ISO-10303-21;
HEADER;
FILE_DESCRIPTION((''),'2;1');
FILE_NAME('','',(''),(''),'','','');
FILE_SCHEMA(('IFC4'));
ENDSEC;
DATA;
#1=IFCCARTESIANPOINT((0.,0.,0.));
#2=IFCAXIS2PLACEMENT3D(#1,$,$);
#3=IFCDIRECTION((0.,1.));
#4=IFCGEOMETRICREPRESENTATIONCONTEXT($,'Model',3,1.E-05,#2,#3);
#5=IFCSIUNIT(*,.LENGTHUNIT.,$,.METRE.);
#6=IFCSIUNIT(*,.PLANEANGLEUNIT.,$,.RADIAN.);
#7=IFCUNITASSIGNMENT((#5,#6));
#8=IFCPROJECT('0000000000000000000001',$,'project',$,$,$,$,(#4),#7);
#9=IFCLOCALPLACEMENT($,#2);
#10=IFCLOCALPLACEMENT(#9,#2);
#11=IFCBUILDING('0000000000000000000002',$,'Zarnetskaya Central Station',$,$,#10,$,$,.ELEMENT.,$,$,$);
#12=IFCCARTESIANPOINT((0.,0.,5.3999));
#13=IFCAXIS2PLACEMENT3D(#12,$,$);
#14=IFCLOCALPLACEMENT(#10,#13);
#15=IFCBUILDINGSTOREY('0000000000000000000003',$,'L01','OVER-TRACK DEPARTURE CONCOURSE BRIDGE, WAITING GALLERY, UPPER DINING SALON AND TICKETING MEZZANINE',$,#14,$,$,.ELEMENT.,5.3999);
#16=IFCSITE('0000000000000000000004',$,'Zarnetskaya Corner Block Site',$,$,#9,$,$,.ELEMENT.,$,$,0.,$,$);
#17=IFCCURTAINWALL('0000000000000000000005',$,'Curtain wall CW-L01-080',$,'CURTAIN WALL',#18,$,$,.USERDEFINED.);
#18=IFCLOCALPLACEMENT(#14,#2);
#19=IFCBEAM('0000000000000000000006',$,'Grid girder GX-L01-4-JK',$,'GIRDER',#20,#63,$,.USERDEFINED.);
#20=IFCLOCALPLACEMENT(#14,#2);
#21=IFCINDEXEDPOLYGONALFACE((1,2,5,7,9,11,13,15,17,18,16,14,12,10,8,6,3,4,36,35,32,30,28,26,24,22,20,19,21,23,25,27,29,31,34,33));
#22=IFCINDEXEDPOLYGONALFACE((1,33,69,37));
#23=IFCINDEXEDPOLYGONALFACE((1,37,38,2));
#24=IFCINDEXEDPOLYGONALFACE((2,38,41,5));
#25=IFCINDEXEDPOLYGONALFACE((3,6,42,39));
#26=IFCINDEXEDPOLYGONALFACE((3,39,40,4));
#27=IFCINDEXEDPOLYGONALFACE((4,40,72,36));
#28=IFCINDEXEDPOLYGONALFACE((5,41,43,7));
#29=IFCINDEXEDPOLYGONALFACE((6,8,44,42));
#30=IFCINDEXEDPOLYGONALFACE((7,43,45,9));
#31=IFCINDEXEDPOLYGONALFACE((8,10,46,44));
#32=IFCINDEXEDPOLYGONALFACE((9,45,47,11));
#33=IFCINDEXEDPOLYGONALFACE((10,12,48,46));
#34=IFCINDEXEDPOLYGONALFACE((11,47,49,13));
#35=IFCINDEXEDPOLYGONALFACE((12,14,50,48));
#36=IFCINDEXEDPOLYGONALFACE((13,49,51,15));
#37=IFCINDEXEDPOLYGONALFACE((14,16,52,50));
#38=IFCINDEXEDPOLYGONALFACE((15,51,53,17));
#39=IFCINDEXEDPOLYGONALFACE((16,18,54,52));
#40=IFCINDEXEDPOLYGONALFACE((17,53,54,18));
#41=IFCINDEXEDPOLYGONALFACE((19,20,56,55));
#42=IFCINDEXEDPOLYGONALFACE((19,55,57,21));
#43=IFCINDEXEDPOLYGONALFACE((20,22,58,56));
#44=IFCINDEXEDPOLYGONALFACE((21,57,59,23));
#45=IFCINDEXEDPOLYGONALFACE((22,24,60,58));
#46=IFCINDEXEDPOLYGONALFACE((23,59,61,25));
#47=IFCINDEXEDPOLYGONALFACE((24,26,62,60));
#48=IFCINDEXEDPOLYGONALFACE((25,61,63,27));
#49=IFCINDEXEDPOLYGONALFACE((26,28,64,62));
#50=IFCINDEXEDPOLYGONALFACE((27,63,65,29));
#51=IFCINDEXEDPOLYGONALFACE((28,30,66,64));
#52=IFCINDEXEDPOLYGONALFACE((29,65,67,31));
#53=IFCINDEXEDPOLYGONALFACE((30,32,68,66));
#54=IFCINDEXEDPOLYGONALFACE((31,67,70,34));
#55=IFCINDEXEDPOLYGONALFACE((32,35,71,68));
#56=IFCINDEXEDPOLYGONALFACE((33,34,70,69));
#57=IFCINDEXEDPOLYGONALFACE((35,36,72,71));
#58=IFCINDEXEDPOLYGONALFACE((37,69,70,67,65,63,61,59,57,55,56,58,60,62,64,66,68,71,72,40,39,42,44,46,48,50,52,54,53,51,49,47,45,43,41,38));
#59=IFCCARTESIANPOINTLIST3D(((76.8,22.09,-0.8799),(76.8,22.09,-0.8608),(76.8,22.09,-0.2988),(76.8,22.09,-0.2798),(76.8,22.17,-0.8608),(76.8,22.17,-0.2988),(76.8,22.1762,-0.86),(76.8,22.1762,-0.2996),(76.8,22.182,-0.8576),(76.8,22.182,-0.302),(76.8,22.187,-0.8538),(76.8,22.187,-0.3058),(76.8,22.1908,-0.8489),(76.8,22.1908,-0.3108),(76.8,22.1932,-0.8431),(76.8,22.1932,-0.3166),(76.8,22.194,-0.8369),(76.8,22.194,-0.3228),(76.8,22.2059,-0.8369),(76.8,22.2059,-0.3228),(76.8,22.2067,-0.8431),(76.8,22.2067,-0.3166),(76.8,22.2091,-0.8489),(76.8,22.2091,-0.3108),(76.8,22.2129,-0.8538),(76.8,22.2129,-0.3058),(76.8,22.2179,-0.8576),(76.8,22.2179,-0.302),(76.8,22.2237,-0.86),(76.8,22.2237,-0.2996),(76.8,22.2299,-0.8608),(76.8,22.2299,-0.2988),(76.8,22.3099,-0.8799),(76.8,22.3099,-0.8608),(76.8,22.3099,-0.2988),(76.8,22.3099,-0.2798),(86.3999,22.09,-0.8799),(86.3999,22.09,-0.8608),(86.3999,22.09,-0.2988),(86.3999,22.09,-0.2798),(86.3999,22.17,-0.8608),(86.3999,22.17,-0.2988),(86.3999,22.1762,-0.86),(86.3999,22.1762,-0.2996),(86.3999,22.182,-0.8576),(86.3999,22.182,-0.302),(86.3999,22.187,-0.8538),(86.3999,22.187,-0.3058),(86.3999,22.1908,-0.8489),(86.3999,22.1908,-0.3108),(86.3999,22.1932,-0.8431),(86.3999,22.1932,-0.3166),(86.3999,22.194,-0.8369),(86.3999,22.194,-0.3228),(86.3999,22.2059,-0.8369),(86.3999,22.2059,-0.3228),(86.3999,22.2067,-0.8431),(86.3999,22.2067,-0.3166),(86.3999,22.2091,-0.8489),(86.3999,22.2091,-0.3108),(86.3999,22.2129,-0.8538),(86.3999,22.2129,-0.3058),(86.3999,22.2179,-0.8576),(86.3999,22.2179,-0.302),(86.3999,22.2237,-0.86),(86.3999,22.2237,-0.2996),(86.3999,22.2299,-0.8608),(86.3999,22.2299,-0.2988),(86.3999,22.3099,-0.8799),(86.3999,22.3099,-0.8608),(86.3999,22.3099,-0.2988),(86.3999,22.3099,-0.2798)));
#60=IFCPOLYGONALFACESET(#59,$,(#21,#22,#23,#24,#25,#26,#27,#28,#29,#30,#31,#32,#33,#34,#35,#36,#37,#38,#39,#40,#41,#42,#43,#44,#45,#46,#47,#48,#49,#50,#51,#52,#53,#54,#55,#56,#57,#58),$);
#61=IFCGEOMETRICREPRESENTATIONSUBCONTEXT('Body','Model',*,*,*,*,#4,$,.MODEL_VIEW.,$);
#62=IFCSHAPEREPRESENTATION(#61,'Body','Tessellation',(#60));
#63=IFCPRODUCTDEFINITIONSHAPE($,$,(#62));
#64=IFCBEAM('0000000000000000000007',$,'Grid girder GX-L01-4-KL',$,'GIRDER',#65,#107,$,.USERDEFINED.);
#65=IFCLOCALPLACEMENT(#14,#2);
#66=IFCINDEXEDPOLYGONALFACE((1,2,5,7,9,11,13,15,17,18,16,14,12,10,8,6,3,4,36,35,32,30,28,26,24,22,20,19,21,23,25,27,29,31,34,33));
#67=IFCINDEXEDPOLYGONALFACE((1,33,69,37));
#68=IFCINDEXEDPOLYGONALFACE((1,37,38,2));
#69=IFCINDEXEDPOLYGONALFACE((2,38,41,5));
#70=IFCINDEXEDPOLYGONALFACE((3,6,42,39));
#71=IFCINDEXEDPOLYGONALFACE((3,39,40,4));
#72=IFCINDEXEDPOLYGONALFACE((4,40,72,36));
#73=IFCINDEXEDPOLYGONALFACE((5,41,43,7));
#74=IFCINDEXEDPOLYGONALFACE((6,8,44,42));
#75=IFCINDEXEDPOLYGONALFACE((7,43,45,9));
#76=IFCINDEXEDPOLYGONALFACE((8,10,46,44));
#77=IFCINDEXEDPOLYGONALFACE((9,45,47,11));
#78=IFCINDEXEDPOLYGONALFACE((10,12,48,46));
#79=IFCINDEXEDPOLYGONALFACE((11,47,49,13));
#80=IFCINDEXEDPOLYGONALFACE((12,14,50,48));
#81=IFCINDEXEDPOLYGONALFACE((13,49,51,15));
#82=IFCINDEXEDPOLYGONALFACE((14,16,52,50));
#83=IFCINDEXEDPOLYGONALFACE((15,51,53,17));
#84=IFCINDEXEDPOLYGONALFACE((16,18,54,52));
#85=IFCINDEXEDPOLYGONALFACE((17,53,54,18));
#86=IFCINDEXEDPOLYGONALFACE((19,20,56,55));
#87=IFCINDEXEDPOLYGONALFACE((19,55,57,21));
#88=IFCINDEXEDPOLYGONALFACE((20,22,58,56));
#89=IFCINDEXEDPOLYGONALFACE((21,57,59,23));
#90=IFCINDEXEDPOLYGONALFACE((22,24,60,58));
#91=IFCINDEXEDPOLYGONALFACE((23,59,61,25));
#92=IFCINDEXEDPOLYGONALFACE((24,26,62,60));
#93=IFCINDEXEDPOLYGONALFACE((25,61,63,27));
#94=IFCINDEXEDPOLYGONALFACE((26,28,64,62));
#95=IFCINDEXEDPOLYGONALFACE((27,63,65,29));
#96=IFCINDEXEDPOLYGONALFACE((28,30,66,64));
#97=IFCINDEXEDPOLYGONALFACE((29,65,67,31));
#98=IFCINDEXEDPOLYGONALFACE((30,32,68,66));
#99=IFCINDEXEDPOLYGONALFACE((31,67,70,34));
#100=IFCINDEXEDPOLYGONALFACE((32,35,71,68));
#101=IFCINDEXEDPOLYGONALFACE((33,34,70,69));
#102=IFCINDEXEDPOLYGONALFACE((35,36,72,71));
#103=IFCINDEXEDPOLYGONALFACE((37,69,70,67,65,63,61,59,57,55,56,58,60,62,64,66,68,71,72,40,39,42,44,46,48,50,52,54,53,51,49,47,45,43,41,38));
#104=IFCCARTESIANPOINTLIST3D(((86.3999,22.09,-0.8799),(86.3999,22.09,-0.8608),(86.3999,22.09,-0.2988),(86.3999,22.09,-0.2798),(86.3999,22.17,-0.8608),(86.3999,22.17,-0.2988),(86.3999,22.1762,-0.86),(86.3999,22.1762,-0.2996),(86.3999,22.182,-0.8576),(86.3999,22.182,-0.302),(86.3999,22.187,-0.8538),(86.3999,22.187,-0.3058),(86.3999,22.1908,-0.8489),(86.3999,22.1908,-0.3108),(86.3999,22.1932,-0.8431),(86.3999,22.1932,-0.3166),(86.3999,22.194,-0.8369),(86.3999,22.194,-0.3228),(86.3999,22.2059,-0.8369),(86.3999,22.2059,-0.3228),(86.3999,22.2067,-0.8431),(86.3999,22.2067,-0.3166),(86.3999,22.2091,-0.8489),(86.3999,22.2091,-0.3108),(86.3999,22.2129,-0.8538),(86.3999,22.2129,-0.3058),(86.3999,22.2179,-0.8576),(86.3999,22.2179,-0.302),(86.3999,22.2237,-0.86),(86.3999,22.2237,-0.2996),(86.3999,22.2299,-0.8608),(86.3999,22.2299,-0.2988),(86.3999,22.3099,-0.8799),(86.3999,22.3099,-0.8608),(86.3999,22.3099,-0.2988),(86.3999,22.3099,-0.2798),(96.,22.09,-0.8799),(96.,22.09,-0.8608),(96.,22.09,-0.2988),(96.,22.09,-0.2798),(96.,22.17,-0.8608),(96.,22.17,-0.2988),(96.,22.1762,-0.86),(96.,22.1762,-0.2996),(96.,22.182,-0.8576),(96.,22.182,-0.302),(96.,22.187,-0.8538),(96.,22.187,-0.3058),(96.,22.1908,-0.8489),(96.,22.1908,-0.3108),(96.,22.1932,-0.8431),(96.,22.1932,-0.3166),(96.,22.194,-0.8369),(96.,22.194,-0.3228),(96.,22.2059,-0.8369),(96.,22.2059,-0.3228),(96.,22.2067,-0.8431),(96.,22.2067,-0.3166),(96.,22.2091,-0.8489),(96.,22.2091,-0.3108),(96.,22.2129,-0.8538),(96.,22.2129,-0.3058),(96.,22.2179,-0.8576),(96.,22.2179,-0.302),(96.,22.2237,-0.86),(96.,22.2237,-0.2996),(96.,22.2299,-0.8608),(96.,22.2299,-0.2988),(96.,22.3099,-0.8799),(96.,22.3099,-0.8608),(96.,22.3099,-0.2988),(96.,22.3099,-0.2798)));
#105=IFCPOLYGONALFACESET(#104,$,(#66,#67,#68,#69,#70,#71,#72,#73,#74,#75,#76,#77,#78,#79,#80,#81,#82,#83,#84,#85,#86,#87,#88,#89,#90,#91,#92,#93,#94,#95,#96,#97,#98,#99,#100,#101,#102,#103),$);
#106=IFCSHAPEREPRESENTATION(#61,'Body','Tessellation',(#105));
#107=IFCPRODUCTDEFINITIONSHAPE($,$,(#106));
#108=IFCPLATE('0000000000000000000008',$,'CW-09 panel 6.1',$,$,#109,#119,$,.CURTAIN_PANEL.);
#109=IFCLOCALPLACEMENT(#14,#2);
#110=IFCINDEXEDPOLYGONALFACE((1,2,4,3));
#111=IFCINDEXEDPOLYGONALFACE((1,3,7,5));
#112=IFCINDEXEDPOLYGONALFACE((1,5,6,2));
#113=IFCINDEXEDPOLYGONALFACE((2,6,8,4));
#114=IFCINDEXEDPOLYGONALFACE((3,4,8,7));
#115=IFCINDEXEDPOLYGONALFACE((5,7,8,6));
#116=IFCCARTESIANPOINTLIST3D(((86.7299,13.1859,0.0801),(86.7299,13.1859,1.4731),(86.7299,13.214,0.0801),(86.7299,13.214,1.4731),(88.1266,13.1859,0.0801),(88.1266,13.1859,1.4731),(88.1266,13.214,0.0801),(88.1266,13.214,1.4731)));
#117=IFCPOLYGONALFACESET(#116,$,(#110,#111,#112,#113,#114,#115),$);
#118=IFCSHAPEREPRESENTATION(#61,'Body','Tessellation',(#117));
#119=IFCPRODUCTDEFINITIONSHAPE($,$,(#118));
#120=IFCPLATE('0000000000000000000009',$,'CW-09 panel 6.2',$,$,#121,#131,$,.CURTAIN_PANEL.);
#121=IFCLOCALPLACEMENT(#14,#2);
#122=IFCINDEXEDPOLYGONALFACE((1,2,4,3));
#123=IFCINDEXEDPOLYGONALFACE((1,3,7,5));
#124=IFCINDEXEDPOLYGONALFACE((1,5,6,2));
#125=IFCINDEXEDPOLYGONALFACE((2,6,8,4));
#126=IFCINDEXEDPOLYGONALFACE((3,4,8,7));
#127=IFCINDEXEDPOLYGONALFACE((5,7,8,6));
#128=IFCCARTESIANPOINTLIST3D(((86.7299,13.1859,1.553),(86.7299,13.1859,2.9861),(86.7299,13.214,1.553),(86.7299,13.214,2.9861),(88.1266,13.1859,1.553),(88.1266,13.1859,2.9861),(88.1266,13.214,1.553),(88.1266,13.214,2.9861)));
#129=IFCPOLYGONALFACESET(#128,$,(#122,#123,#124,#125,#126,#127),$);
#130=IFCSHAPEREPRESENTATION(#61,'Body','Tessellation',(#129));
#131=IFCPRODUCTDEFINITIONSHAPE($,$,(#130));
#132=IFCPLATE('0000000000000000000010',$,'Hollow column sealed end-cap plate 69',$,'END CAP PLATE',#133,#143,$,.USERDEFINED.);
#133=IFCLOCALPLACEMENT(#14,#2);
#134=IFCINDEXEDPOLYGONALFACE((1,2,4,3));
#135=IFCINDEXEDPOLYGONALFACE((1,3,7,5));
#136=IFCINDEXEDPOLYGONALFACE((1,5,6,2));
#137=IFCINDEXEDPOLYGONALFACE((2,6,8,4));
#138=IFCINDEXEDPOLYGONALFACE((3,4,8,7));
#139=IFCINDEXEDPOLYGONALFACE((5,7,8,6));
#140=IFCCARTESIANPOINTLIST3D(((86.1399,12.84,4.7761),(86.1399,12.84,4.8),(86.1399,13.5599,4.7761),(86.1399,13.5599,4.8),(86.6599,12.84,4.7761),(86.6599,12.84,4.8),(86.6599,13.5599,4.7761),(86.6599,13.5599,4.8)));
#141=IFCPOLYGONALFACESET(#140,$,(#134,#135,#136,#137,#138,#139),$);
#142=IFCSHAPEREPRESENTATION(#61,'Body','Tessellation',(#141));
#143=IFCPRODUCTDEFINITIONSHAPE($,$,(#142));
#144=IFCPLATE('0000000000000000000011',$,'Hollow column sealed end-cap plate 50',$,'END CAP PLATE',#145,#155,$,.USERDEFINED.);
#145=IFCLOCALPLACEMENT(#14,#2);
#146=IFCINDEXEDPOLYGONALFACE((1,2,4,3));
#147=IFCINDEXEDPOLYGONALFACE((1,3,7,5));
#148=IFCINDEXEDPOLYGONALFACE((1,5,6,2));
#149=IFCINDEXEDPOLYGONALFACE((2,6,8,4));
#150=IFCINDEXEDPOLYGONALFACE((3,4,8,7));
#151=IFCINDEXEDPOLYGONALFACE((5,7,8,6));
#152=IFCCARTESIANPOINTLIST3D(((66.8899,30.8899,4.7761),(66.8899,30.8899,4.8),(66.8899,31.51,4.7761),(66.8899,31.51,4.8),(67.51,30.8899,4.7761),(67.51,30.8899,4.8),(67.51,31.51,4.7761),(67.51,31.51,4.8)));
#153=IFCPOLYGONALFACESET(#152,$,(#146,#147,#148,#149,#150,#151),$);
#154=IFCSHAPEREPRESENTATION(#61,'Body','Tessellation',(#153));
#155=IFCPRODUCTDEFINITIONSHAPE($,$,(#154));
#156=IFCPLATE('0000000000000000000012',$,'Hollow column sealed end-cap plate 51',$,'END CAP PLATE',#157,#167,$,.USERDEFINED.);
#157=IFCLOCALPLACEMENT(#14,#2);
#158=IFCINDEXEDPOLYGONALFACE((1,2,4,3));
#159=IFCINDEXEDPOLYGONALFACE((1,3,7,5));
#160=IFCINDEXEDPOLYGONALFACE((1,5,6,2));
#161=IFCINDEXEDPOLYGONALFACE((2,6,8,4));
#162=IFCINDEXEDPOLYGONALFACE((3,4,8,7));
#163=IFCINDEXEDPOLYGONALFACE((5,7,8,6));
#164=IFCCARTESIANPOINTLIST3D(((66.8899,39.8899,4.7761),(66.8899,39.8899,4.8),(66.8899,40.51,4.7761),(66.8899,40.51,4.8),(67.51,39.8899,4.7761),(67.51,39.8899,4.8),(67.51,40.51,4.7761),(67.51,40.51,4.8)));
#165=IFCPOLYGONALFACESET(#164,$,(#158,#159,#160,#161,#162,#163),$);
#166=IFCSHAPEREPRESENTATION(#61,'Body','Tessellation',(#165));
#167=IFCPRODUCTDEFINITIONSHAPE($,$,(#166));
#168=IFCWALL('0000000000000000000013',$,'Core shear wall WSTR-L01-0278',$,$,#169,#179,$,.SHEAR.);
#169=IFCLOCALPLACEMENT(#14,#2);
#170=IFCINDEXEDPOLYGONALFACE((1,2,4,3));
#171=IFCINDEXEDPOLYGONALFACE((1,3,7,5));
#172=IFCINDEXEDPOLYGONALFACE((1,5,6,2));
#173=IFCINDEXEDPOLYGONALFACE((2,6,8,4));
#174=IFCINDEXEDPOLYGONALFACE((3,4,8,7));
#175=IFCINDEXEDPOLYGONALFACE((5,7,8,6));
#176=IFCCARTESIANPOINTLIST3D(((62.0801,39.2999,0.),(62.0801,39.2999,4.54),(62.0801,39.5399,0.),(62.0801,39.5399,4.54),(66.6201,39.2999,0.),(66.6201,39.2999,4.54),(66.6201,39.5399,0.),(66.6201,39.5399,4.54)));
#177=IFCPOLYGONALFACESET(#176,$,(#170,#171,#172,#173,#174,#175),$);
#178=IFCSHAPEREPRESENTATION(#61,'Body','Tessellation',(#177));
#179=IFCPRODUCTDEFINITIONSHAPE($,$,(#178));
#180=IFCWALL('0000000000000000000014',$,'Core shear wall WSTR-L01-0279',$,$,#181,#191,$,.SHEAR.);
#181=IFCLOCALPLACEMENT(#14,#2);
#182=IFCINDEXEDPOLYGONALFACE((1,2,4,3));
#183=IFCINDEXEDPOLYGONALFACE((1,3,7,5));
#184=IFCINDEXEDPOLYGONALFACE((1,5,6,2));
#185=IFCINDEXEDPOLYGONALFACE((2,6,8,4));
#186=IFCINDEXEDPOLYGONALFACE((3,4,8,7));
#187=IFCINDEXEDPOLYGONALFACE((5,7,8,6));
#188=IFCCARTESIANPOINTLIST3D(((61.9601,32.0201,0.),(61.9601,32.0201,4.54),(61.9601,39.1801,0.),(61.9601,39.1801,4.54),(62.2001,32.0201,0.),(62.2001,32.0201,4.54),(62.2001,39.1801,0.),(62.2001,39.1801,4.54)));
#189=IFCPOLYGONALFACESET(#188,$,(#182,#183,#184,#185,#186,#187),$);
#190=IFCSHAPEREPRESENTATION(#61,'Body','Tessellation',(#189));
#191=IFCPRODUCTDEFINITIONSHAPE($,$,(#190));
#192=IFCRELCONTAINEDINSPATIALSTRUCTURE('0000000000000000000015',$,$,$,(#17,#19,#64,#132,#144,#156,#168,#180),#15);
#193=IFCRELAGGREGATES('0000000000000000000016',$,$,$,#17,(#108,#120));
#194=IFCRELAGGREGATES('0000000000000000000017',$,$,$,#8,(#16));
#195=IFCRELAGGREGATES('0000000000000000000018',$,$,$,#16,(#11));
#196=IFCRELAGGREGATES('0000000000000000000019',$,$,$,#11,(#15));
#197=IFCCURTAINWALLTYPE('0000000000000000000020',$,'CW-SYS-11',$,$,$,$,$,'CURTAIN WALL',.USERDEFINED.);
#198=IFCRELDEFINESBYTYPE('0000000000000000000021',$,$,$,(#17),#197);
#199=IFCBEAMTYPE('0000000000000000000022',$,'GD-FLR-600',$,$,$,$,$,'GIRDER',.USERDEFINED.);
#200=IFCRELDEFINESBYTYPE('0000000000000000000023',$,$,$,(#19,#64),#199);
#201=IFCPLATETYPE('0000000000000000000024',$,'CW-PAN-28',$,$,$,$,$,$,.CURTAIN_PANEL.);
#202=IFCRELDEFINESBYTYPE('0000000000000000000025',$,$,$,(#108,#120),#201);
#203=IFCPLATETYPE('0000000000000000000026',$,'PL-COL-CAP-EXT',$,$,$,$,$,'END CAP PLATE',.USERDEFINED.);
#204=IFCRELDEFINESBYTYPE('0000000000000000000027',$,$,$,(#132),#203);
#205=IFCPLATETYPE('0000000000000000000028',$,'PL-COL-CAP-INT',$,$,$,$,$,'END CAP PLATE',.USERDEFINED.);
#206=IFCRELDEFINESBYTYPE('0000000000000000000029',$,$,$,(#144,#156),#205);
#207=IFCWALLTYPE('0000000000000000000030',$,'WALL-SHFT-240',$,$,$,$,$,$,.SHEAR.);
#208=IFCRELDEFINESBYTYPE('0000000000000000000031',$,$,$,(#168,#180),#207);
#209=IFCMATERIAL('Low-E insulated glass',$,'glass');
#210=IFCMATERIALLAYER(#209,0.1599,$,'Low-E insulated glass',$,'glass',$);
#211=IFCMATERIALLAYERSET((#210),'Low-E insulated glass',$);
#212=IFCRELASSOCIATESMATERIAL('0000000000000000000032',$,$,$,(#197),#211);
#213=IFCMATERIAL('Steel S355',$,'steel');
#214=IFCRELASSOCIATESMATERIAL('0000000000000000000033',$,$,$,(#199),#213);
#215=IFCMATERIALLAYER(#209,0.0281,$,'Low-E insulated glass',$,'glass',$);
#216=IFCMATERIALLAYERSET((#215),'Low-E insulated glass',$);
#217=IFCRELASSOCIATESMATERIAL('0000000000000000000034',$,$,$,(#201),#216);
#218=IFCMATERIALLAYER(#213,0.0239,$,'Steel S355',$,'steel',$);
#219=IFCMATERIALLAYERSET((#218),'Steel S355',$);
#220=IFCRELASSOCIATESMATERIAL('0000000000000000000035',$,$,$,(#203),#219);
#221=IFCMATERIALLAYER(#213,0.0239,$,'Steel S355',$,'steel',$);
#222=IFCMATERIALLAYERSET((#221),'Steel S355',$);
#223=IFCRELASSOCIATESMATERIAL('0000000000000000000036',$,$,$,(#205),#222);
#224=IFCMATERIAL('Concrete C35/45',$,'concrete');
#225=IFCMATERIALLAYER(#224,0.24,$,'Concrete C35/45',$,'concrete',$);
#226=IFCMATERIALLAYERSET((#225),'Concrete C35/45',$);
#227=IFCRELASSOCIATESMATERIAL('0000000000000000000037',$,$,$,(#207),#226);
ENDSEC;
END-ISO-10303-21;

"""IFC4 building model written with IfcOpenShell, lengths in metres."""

from ifc_helpers import new_model, si_unit, direction, frame, frame_2d, origin, origin_2d, place, context, subcontext, project, spatial, rectangle, i_section, extrude, material, layer, layer_set, material_profile, profile_set, type_object, element, aggregate, save


model = new_model("IFC4")

# Units and contexts
model_context = context("Model", 3, precision=1e-05, world=origin(), true_north=direction((0.0, 1.0)))
body_context = subcontext(model_context, "Body", "Model", "MODEL_VIEW")
ifc_project = project(units=[si_unit("LENGTHUNIT", "METRE"), si_unit("PLANEANGLEUNIT", "RADIAN")], contexts=[model_context])

# Site, building, storey
site_placement = place(None, origin())
site = spatial("IfcSite", under=ifc_project, at=site_placement, Name="Zarnetskaya Corner Block Site", CompositionType="ELEMENT", RefElevation=0.0)
building_placement = place(site_placement, origin())
building = spatial("IfcBuilding", under=site, at=building_placement, Name="Zarnetskaya Central Station", CompositionType="ELEMENT")
storey_placement = place(building_placement, frame((0.0, 0.0, 5.3999)))
storey = spatial("IfcBuildingStorey", under=building, at=storey_placement, Name="L01", Description="OVER-TRACK DEPARTURE CONCOURSE BRIDGE, WAITING GALLERY, UPPER DINING SALON AND TICKETING MEZZANINE", CompositionType="ELEMENT", Elevation=5.3999)

# Shared definitions
ifc_material_1 = material(Name="Steel S355", Category="steel")

# Curtain wall
ifc_material_2 = material(Name="Low-E insulated glass", Category="glass")
ifc_layer_1 = layer(ifc_material_2, 0.1599, Name="Low-E insulated glass", Category="glass")
ifc_layer_set_1 = layer_set([ifc_layer_1], Name="Low-E insulated glass")
curtain_wall_type = type_object("IfcCurtainWallType", Name="CW-SYS-11", ElementType="CURTAIN WALL", PredefinedType="USERDEFINED", material=ifc_layer_set_1)
curtain_wall_placement = place(storey_placement, origin())
curtain_wall = element("IfcCurtainWall", 1, at=curtain_wall_placement, inside=storey, type_object=curtain_wall_type, Name="Curtain wall CW-L01-080", ObjectType="CURTAIN WALL", PredefinedType="USERDEFINED")

# Beams
ifc_material_profile_1 = material_profile(ifc_material_1, i_section(OverallWidth=0.22, OverallDepth=0.6001, WebThickness=0.012, FlangeThickness=0.019, FilletRadius=0.0239, at=origin_2d()), Name="IPE 600")
ifc_profile_set_1 = profile_set([ifc_material_profile_1], Name="Steel S355")
beam_type_1 = type_object("IfcBeamType", Name="GD-FLR-600", ElementType="GIRDER", PredefinedType="USERDEFINED", material=ifc_profile_set_1)
beam_1_placement = place(storey_placement, frame((76.8, 22.2, -0.5798), z_axis=(1.0, 0.0, 0.0), x_axis=(0.0, 1.0, 0.0)))
element("IfcBeam", 2, at=beam_1_placement, inside=storey, type_object=beam_type_1, Name="Grid girder GX-L01-4-JK", ObjectType="GIRDER", PredefinedType="USERDEFINED", context=body_context, shape_type="SweptSolid", body=[
    extrude(i_section(OverallWidth=0.22, OverallDepth=0.6001, WebThickness=0.012, FlangeThickness=0.019, FilletRadius=0.0239, at=origin_2d()), origin(), (0.0, 0.0, 1.0), 9.5999),
])
beam_2_placement = place(storey_placement, frame((86.3999, 22.2, -0.5798), z_axis=(1.0, 0.0, 0.0), x_axis=(0.0, 1.0, 0.0)))
element("IfcBeam", 3, at=beam_2_placement, inside=storey, type_object=beam_type_1, Name="Grid girder GX-L01-4-KL", ObjectType="GIRDER", PredefinedType="USERDEFINED", context=body_context, shape_type="SweptSolid", body=[
    extrude(i_section(OverallWidth=0.22, OverallDepth=0.6001, WebThickness=0.012, FlangeThickness=0.019, FilletRadius=0.0239, at=origin_2d()), origin(), (0.0, 0.0, 1.0), 9.6001),
])

# Plates
ifc_layer_2 = layer(ifc_material_2, 0.0281, Name="Low-E insulated glass", Category="glass")
ifc_layer_set_2 = layer_set([ifc_layer_2], Name="Low-E insulated glass")
plate_type_1 = type_object("IfcPlateType", Name="CW-PAN-28", PredefinedType="CURTAIN_PANEL", material=ifc_layer_set_2)
plate_1_placement = place(storey_placement, frame((87.4282, 13.2, 0.0801), z_axis=(0.0, 0.0, 1.0), x_axis=(-1.0, 0.0, 0.0)))
plate_1 = element("IfcPlate", 4, at=plate_1_placement, type_object=plate_type_1, Name="CW-09 panel 6.1", PredefinedType="CURTAIN_PANEL", context=body_context, shape_type="SweptSolid", body=[
    extrude(rectangle(XDim=1.3967, YDim=0.0281, at=origin_2d()), origin(), (0.0, 0.0, 1.0), 1.3931),
])
plate_2_placement = place(storey_placement, frame((87.4282, 13.2, 1.553), z_axis=(0.0, 0.0, 1.0), x_axis=(-1.0, 0.0, 0.0)))
plate_2 = element("IfcPlate", 5, at=plate_2_placement, type_object=plate_type_1, Name="CW-09 panel 6.2", PredefinedType="CURTAIN_PANEL", context=body_context, shape_type="SweptSolid", body=[
    extrude(rectangle(XDim=1.3967, YDim=0.0281, at=origin_2d()), origin(), (0.0, 0.0, 1.0), 1.4331),
])
aggregate(curtain_wall, [plate_1, plate_2])

# Plates
ifc_layer_3 = layer(ifc_material_1, 0.0239, Name="Steel S355", Category="steel")
ifc_layer_set_3 = layer_set([ifc_layer_3], Name="Steel S355")
plate_type_2 = type_object("IfcPlateType", Name="PL-COL-CAP-EXT", ElementType="END CAP PLATE", PredefinedType="USERDEFINED", material=ifc_layer_set_3)
plate_3_placement = place(storey_placement, frame((86.3999, 13.2, 4.7761), z_axis=(0.0, 0.0, 1.0), x_axis=(1.0, 0.0, 0.0)))
element("IfcPlate", 6, at=plate_3_placement, inside=storey, type_object=plate_type_2, Name="Hollow column sealed end-cap plate 69", ObjectType="END CAP PLATE", PredefinedType="USERDEFINED", context=body_context, shape_type="SweptSolid", body=[
    extrude(rectangle(XDim=0.52, YDim=0.72, at=origin_2d()), origin(), (0.0, 0.0, 1.0), 0.0239),
])
ifc_layer_4 = layer(ifc_material_1, 0.0239, Name="Steel S355", Category="steel")
ifc_layer_set_4 = layer_set([ifc_layer_4], Name="Steel S355")
plate_type_3 = type_object("IfcPlateType", Name="PL-COL-CAP-INT", ElementType="END CAP PLATE", PredefinedType="USERDEFINED", material=ifc_layer_set_4)
for number, where, z_axis, x_axis, name in (
    (7, (67.2, 31.2, 4.7761), (0.0, 0.0, 1.0), (1.0, 0.0, 0.0), "Hollow column sealed end-cap plate 50"),
    (8, (67.2, 40.2, 4.7761), (0.0, 0.0, 1.0), (1.0, 0.0, 0.0), "Hollow column sealed end-cap plate 51"),
):
    element("IfcPlate", number, at=place(storey_placement, frame(where, z_axis=z_axis, x_axis=x_axis)), inside=storey, type_object=plate_type_3, Name=name, ObjectType="END CAP PLATE", PredefinedType="USERDEFINED", context=body_context, shape_type="SweptSolid", body=[
        extrude(rectangle(XDim=0.6201, YDim=0.6201, at=origin_2d()), origin(), (0.0, 0.0, 1.0), 0.0239),
    ])

# Shared definitions
ifc_material_3 = material(Name="Concrete C35/45", Category="concrete")
ifc_layer_5 = layer(ifc_material_3, 0.24, Name="Concrete C35/45", Category="concrete")
ifc_layer_set_5 = layer_set([ifc_layer_5], Name="Concrete C35/45")
wall_type = type_object("IfcWallType", Name="WALL-SHFT-240", PredefinedType="SHEAR", material=ifc_layer_set_5)

# Walls
wall_1_placement = place(storey_placement, frame((62.0801, 39.4199, 0.0), z_axis=(0.0, 0.0, 1.0), x_axis=(1.0, 0.0, 0.0)))
element("IfcWall", 9, at=wall_1_placement, inside=storey, type_object=wall_type, Name="Core shear wall WSTR-L01-0278", PredefinedType="SHEAR", context=body_context, shape_type="SweptSolid", body=[
    extrude(rectangle(XDim=4.54, YDim=0.24, at=frame_2d((2.27, 0.0))), origin(), (0.0, 0.0, 1.0), 4.54),
])
for number, where, z_axis, x_axis, name in (
    (10, (62.0801, 32.02, 0.0), (0.0, 0.0, 1.0), (0.0, 1.0, 0.0), "Core shear wall WSTR-L01-0279"),
):
    element("IfcWall", number, at=place(storey_placement, frame(where, z_axis=z_axis, x_axis=x_axis)), inside=storey, type_object=wall_type, Name=name, PredefinedType="SHEAR", context=body_context, shape_type="SweptSolid", body=[
        extrude(rectangle(XDim=7.1599, YDim=0.24, at=frame_2d((3.5801, 0.0))), origin(), (0.0, 0.0, 1.0), 4.54),
    ])

save(model, "model.ifc")
